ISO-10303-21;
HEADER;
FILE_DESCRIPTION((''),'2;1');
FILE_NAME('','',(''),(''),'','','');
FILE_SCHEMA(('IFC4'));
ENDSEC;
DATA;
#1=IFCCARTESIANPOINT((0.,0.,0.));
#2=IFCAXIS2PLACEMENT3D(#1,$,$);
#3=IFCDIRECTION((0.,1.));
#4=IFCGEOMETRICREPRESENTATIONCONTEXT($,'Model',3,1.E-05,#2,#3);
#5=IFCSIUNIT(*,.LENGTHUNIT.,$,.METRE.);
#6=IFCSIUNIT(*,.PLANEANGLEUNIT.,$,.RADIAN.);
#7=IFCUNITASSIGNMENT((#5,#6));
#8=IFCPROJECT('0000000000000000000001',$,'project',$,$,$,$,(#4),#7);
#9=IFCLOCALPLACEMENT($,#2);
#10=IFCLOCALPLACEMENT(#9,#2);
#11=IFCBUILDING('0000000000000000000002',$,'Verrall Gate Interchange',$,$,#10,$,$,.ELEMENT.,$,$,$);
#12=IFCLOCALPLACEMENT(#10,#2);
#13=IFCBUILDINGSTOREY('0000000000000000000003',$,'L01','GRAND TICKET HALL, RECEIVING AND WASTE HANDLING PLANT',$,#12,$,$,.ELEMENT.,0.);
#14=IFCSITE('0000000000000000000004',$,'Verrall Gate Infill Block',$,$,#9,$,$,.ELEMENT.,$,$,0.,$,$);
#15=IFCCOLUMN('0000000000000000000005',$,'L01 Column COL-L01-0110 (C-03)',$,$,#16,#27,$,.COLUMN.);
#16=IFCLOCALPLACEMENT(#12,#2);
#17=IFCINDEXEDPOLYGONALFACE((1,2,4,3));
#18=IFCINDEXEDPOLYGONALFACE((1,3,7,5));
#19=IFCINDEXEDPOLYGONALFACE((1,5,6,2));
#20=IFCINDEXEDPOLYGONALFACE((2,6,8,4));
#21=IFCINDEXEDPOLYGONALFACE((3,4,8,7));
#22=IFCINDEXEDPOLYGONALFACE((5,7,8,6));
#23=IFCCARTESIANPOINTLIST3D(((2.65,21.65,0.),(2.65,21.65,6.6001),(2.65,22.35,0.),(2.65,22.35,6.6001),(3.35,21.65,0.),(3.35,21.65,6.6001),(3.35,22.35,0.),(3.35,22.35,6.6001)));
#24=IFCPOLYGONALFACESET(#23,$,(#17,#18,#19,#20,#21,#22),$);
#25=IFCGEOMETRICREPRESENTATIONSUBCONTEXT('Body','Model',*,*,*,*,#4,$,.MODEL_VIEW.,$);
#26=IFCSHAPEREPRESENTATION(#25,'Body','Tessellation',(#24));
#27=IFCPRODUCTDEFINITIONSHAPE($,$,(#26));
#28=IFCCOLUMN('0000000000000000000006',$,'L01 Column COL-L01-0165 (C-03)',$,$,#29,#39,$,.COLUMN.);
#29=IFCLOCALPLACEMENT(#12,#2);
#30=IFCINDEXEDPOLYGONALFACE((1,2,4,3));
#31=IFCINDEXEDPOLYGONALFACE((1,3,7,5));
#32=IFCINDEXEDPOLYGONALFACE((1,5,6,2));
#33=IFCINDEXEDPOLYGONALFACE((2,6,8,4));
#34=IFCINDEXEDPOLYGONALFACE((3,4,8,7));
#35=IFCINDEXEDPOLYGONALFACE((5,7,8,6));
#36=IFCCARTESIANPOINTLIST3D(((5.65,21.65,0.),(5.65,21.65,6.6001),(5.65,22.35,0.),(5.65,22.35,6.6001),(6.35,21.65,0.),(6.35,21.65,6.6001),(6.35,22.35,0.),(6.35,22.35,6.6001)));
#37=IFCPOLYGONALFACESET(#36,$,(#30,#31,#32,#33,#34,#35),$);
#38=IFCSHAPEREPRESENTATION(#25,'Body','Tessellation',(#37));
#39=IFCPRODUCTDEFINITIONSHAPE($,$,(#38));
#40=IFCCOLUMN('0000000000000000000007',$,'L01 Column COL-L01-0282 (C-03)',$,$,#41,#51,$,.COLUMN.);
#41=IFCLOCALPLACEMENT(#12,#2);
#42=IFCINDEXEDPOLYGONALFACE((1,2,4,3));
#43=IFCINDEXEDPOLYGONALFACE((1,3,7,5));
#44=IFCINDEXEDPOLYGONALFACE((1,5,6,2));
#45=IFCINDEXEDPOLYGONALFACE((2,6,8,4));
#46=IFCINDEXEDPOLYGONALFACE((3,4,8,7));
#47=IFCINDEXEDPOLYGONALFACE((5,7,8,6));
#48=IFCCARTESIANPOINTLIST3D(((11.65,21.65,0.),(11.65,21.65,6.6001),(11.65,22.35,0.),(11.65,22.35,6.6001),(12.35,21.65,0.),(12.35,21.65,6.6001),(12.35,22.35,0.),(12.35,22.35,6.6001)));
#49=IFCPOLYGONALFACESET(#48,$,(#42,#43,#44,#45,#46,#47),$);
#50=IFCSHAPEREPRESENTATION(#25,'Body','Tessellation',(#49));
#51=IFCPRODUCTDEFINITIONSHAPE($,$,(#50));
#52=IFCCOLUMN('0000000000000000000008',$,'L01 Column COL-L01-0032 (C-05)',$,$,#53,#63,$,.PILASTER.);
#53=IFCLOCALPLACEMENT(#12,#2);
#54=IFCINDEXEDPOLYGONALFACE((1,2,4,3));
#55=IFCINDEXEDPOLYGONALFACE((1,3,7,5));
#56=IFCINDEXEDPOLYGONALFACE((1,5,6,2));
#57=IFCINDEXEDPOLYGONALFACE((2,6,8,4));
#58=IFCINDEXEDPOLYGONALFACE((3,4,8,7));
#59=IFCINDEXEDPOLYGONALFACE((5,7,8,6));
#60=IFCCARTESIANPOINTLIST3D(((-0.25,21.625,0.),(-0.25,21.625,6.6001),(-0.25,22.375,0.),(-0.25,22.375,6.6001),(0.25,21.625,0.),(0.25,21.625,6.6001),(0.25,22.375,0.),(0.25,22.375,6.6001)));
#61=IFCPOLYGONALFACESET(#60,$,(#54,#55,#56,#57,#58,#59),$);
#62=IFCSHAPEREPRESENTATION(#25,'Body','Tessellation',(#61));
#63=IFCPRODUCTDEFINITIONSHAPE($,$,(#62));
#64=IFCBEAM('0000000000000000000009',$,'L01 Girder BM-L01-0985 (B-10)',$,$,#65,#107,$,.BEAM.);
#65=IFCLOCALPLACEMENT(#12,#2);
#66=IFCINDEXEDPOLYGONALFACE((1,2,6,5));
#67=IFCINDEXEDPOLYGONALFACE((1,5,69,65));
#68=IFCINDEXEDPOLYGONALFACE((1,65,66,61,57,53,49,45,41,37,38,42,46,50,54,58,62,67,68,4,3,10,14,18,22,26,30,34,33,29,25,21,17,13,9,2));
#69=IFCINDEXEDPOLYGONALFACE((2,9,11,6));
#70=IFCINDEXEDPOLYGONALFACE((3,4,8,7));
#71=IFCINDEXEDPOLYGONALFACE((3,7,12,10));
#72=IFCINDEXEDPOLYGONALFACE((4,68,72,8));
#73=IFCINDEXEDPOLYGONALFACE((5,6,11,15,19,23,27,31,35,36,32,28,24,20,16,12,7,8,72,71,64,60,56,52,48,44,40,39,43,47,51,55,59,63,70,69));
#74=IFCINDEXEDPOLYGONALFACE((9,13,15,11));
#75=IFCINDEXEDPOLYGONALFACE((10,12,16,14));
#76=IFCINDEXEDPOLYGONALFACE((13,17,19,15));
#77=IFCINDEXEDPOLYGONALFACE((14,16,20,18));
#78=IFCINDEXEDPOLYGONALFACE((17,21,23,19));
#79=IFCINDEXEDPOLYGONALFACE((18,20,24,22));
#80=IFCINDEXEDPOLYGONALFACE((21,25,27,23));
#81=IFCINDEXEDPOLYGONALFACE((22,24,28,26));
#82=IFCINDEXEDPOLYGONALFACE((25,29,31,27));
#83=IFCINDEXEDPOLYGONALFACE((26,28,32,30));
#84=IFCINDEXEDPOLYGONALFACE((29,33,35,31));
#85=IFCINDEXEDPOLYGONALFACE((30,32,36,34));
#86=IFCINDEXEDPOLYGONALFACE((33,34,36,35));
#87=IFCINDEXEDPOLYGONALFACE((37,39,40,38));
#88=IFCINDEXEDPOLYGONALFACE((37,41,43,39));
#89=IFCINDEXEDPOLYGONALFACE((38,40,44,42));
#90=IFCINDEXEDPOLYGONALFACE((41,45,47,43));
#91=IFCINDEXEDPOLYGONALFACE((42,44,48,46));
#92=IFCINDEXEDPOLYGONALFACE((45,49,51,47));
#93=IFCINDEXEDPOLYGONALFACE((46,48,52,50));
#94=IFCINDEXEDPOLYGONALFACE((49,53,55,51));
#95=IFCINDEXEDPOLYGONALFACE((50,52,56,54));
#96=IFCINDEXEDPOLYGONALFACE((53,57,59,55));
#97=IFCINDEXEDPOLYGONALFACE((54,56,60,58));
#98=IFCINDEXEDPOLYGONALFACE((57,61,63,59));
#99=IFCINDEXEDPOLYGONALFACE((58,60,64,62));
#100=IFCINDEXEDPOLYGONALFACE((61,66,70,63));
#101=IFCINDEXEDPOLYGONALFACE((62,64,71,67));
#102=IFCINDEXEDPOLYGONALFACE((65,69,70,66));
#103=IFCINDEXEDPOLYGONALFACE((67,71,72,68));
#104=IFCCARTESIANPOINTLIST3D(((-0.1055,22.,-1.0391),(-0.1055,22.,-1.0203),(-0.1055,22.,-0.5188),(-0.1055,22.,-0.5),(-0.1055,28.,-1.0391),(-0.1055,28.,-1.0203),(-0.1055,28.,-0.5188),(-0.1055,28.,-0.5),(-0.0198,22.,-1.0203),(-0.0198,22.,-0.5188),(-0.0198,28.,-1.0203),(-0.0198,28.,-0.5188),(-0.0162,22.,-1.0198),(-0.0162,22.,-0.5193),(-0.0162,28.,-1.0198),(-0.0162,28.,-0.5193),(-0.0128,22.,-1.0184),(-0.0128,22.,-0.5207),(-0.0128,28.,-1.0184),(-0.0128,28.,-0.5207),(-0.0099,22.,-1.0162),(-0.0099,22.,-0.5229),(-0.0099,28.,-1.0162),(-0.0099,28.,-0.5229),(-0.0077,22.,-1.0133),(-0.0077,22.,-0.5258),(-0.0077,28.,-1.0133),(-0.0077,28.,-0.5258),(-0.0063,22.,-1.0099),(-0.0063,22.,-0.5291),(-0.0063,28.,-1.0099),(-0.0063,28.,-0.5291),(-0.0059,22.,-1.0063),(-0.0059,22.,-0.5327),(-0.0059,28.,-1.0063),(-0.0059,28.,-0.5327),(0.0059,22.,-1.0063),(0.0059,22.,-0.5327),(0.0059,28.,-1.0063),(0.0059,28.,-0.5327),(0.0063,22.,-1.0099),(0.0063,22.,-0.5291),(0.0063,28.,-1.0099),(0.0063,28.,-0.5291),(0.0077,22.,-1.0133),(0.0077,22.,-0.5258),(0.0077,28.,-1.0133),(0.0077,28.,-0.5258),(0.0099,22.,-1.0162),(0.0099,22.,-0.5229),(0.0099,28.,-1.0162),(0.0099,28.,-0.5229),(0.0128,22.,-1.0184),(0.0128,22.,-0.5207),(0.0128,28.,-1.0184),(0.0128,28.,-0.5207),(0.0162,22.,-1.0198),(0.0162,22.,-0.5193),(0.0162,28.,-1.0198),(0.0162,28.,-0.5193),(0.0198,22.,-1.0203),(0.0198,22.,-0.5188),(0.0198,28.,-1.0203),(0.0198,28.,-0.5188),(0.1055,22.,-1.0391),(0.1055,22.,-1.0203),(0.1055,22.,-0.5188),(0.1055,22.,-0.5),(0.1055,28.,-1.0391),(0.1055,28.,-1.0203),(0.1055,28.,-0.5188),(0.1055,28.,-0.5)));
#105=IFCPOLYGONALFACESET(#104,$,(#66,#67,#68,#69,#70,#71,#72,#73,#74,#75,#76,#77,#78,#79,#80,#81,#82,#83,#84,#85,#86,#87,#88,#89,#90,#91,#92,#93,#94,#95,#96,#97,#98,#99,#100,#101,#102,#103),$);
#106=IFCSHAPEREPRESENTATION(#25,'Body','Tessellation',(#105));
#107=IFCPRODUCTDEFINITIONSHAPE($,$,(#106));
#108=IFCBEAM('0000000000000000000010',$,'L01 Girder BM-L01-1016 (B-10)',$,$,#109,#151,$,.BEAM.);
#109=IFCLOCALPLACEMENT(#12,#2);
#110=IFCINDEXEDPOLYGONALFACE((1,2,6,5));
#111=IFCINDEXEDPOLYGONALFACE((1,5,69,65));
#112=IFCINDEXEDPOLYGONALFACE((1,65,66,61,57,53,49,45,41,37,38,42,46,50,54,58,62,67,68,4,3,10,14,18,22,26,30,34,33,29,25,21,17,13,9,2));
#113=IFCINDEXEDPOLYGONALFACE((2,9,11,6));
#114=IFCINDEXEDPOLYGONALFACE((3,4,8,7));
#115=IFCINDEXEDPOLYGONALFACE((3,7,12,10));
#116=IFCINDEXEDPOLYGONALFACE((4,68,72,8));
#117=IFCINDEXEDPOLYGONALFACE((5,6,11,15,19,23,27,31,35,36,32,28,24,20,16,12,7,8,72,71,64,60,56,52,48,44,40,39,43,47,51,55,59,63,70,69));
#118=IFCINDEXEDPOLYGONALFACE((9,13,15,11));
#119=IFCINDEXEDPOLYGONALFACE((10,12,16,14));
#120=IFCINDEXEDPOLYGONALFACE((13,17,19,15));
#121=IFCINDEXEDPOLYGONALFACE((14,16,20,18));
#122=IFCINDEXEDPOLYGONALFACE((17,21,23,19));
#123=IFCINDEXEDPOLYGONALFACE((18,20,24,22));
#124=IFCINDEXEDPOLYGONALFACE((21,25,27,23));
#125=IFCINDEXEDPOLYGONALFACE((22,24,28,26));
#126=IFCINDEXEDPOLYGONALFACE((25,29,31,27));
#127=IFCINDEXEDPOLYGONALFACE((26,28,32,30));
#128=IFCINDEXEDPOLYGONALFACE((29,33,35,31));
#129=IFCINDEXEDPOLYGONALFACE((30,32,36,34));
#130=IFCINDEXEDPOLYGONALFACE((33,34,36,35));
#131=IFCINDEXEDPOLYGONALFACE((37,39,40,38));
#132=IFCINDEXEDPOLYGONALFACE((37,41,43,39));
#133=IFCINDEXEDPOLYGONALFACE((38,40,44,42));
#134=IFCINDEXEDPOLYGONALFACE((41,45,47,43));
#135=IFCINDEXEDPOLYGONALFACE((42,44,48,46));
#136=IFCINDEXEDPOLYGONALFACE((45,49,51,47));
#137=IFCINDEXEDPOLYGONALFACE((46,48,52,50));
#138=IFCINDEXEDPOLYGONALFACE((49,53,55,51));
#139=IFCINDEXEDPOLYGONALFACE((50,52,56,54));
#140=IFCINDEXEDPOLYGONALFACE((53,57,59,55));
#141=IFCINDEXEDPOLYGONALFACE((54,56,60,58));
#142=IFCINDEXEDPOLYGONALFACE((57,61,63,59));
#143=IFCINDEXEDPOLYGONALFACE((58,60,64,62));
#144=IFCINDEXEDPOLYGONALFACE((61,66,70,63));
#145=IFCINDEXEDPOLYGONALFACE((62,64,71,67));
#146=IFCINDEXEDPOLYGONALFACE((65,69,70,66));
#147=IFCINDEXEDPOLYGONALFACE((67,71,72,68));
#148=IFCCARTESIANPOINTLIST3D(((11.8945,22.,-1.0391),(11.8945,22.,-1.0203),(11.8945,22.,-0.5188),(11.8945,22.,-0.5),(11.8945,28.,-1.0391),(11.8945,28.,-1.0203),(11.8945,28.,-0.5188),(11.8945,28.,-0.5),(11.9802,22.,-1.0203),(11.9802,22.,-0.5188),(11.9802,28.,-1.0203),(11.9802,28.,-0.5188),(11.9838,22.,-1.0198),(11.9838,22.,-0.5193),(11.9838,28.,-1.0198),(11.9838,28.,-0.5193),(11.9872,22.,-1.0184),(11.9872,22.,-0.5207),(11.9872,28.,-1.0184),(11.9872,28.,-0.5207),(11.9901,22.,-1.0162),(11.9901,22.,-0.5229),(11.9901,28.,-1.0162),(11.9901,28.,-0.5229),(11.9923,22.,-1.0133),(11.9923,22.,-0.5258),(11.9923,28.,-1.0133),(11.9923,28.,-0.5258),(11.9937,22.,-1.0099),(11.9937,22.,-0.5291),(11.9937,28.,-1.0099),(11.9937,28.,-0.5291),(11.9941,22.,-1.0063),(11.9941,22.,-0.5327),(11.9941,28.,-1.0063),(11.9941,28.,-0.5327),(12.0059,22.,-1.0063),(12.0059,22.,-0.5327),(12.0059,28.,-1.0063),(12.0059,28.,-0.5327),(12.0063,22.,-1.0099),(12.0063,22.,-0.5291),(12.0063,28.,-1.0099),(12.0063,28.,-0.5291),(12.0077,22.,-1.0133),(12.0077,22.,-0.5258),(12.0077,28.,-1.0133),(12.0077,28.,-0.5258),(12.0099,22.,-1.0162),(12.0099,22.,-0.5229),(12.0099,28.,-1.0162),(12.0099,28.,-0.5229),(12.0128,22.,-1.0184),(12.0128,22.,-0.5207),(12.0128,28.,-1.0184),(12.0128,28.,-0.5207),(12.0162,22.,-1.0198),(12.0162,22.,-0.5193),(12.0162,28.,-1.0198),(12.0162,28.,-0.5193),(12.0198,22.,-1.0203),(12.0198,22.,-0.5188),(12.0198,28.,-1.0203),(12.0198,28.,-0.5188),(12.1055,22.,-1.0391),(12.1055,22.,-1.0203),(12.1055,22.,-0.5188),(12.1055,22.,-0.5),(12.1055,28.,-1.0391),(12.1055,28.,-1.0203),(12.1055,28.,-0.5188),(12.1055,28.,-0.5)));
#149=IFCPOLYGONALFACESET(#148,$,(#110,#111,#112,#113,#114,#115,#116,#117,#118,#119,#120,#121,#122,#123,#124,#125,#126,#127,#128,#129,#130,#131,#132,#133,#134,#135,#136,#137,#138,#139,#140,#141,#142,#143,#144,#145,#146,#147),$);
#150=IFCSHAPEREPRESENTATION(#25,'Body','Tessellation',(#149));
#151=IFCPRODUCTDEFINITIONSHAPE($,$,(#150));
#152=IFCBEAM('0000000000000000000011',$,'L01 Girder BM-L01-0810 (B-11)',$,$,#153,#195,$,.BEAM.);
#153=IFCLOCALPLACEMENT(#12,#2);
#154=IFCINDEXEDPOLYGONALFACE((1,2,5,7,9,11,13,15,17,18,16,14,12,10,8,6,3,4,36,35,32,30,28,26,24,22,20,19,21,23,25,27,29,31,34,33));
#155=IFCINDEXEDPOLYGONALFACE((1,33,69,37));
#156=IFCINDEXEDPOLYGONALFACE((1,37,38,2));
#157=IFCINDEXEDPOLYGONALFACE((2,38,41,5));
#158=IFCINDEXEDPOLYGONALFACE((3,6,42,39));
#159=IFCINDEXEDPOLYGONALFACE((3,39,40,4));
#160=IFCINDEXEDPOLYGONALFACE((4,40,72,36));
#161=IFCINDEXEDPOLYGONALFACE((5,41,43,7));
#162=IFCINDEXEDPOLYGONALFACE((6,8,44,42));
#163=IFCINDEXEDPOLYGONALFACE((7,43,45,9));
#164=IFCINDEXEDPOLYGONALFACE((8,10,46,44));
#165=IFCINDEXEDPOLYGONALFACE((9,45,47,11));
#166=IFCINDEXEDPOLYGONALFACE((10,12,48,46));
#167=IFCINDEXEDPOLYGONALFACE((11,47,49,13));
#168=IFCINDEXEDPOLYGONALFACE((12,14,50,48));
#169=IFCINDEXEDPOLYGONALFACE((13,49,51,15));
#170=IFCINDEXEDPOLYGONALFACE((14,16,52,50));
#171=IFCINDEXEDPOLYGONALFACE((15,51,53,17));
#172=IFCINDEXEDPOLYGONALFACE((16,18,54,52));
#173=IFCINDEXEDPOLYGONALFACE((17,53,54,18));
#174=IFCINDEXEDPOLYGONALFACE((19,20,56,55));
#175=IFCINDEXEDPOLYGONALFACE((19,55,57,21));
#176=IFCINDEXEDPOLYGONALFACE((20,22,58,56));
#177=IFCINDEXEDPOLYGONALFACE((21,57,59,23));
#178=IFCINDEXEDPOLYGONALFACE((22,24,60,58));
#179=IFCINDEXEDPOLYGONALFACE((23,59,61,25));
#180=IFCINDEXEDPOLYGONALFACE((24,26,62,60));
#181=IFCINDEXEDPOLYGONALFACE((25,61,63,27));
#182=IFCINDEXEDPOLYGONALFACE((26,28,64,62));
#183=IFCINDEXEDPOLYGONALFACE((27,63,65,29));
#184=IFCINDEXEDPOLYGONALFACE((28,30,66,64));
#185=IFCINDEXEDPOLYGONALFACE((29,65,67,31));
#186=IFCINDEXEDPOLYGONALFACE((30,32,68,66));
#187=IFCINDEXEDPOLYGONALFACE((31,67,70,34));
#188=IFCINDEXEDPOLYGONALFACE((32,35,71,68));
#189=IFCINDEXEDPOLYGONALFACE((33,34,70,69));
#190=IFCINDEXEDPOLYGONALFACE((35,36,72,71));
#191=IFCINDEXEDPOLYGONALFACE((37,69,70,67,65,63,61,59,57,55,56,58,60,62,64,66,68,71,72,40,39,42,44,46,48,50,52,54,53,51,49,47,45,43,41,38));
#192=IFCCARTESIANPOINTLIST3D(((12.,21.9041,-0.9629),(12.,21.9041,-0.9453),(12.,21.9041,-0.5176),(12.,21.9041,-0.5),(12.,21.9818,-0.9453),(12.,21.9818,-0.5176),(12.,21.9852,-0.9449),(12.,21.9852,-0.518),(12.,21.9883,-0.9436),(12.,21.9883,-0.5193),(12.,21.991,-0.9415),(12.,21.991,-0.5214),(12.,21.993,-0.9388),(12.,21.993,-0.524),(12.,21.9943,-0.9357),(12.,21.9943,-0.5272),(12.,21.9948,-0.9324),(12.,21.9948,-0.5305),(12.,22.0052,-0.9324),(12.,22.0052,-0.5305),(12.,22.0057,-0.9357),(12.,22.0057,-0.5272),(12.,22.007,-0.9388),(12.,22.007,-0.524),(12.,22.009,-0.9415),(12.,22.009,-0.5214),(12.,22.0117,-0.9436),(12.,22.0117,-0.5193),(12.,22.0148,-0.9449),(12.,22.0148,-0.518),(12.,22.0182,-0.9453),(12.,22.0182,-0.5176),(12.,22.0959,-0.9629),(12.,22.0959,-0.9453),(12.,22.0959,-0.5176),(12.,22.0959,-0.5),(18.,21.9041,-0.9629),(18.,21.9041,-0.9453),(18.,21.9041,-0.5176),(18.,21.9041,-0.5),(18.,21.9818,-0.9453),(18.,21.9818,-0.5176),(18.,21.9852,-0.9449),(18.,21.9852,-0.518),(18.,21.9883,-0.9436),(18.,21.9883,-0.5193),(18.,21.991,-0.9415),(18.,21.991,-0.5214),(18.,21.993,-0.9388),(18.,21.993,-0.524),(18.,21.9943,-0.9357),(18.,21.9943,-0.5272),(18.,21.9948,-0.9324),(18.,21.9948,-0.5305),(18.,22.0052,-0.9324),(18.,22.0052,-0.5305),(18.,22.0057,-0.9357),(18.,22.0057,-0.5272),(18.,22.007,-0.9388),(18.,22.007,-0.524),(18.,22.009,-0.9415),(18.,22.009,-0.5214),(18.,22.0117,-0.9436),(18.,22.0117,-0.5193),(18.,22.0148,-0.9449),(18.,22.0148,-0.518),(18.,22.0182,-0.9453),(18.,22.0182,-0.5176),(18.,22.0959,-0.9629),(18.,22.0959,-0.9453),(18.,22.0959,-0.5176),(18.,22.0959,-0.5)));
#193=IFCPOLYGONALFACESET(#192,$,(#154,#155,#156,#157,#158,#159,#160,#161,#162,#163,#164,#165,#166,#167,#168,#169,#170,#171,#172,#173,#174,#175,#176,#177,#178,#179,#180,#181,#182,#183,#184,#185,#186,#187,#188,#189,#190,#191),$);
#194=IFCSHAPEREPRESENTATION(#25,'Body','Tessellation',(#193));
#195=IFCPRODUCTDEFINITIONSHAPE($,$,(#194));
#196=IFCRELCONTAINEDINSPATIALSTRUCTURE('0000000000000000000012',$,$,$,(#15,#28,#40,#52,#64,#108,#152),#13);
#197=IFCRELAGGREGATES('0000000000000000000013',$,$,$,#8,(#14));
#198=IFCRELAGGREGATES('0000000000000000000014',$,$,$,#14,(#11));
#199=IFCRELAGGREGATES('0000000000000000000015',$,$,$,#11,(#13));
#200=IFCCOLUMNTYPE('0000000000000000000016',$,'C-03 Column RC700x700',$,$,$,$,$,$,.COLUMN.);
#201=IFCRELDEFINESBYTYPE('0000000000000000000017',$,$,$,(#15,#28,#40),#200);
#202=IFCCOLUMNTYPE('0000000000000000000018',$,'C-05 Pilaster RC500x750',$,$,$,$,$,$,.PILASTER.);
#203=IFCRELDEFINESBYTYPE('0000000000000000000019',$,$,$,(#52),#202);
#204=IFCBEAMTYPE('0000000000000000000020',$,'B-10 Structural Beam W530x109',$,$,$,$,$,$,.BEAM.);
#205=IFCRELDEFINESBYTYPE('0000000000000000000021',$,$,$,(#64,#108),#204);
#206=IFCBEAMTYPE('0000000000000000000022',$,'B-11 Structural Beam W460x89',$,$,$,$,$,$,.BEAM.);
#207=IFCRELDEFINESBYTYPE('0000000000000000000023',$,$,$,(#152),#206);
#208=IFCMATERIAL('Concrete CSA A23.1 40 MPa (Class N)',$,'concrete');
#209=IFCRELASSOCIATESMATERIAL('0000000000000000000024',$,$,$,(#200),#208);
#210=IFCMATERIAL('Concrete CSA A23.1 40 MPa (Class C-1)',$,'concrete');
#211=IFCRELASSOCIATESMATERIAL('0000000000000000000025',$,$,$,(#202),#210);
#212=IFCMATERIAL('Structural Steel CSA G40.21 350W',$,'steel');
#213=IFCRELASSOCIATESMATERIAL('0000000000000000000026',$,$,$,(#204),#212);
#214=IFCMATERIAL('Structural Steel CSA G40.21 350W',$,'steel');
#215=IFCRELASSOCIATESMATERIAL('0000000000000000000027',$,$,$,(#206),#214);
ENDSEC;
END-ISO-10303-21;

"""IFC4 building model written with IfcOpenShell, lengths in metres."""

from ifc_helpers import new_model, si_unit, direction, frame, origin, origin_2d, place, context, subcontext, project, spatial, rectangle, i_section, extrude, material, material_profile, profile_set, type_object, element, save


model = new_model("IFC4")

# Units and contexts
model_context = context("Model", 3, precision=1e-05, world=origin(), true_north=direction((0.0, 1.0)))
body_context = subcontext(model_context, "Body", "Model", "MODEL_VIEW")
ifc_project = project(units=[si_unit("LENGTHUNIT", "METRE"), si_unit("PLANEANGLEUNIT", "RADIAN")], contexts=[model_context])

# Site, building, storey
site_placement = place(None, origin())
site = spatial("IfcSite", under=ifc_project, at=site_placement, Name="Verrall Gate Infill Block", CompositionType="ELEMENT", RefElevation=0.0)
building_placement = place(site_placement, origin())
building = spatial("IfcBuilding", under=site, at=building_placement, Name="Verrall Gate Interchange", CompositionType="ELEMENT")
storey_placement = place(building_placement, origin())
storey = spatial("IfcBuildingStorey", under=building, at=storey_placement, Name="L01", Description="GRAND TICKET HALL, RECEIVING AND WASTE HANDLING PLANT", CompositionType="ELEMENT", Elevation=0.0)

# Columns
ifc_material_1 = material(Name="Concrete CSA A23.1 40 MPa (Class N)", Category="concrete")
ifc_material_profile_1 = material_profile(ifc_material_1, rectangle(XDim=0.7, YDim=0.7, at=origin_2d()), Name="RC700x700")
ifc_profile_set_1 = profile_set([ifc_material_profile_1], Name="Concrete CSA A23.1 40 MPa (Class N)")
column_type_1 = type_object("IfcColumnType", Name="C-03 Column RC700x700", PredefinedType="COLUMN", material=ifc_profile_set_1)
for number, where, z_axis, x_axis, name in (
    (1, (3.0, 22.0, 0.0), (0.0, 0.0, 1.0), (1.0, 0.0, 0.0), "L01 Column COL-L01-0110 (C-03)"),
    (2, (6.0, 22.0, 0.0), (0.0, 0.0, 1.0), (1.0, 0.0, 0.0), "L01 Column COL-L01-0165 (C-03)"),
    (3, (12.0, 22.0, 0.0), (0.0, 0.0, 1.0), (1.0, 0.0, 0.0), "L01 Column COL-L01-0282 (C-03)"),
):
    element("IfcColumn", number, at=place(storey_placement, frame(where, z_axis=z_axis, x_axis=x_axis)), inside=storey, type_object=column_type_1, Name=name, PredefinedType="COLUMN", context=body_context, shape_type="SweptSolid", body=[
        extrude(rectangle(XDim=0.7, YDim=0.7, at=origin_2d()), origin(), (0.0, 0.0, 1.0), 6.6001),
    ])
ifc_material_2 = material(Name="Concrete CSA A23.1 40 MPa (Class C-1)", Category="concrete")
ifc_material_profile_2 = material_profile(ifc_material_2, rectangle(XDim=0.5, YDim=0.75, at=origin_2d()), Name="RC500x750")
ifc_profile_set_2 = profile_set([ifc_material_profile_2], Name="Concrete CSA A23.1 40 MPa (Class C-1)")
column_type_2 = type_object("IfcColumnType", Name="C-05 Pilaster RC500x750", PredefinedType="PILASTER", material=ifc_profile_set_2)
column_placement = place(storey_placement, frame((0.0, 22.0, 0.0), z_axis=(0.0, 0.0, 1.0), x_axis=(1.0, 0.0, 0.0)))
element("IfcColumn", 4, at=column_placement, inside=storey, type_object=column_type_2, Name="L01 Column COL-L01-0032 (C-05)", PredefinedType="PILASTER", context=body_context, shape_type="SweptSolid", body=[
    extrude(rectangle(XDim=0.5, YDim=0.75, at=origin_2d()), origin(), (0.0, 0.0, 1.0), 6.6001),
])

# Beams
ifc_material_3 = material(Name="Structural Steel CSA G40.21 350W", Category="steel")
ifc_material_profile_3 = material_profile(ifc_material_3, i_section(OverallWidth=0.2109, OverallDepth=0.5391, WebThickness=0.0117, FlangeThickness=0.0188, FilletRadius=0.0139, at=origin_2d()), Name="W530x109")
ifc_profile_set_3 = profile_set([ifc_material_profile_3], Name="Structural Steel CSA G40.21 350W")
beam_type_1 = type_object("IfcBeamType", Name="B-10 Structural Beam W530x109", PredefinedType="BEAM", material=ifc_profile_set_3)
for number, where, z_axis, x_axis, name in (
    (5, (0.0, 22.0, -0.7695), (0.0, 1.0, 0.0), (-1.0, 0.0, 0.0), "L01 Girder BM-L01-0985 (B-10)"),
    (6, (12.0, 22.0, -0.7695), (0.0, 1.0, 0.0), (-1.0, 0.0, 0.0), "L01 Girder BM-L01-1016 (B-10)"),
):
    element("IfcBeam", number, at=place(storey_placement, frame(where, z_axis=z_axis, x_axis=x_axis)), inside=storey, type_object=beam_type_1, Name=name, PredefinedType="BEAM", context=body_context, shape_type="SweptSolid", body=[
        extrude(i_section(OverallWidth=0.2109, OverallDepth=0.5391, WebThickness=0.0117, FlangeThickness=0.0188, FilletRadius=0.0139, at=origin_2d()), origin(), (0.0, 0.0, 1.0), 6.0),
    ])
ifc_material_4 = material(Name="Structural Steel CSA G40.21 350W", Category="steel")
ifc_material_profile_4 = material_profile(ifc_material_4, i_section(OverallWidth=0.1919, OverallDepth=0.4629, WebThickness=0.0105, FlangeThickness=0.0176, FilletRadius=0.0129, at=origin_2d()), Name="W460x89")
ifc_profile_set_4 = profile_set([ifc_material_profile_4], Name="Structural Steel CSA G40.21 350W")
beam_type_2 = type_object("IfcBeamType", Name="B-11 Structural Beam W460x89", PredefinedType="BEAM", material=ifc_profile_set_4)
beam_1_placement = place(storey_placement, frame((12.0, 22.0, -0.7314), z_axis=(1.0, 0.0, 0.0), x_axis=(0.0, 1.0, 0.0)))
element("IfcBeam", 7, at=beam_1_placement, inside=storey, type_object=beam_type_2, Name="L01 Girder BM-L01-0810 (B-11)", PredefinedType="BEAM", context=body_context, shape_type="SweptSolid", body=[
    extrude(i_section(OverallWidth=0.1919, OverallDepth=0.4629, WebThickness=0.0105, FlangeThickness=0.0176, FilletRadius=0.0129, at=origin_2d()), origin(), (0.0, 0.0, 1.0), 6.0),
])

save(model, "model.ifc")
